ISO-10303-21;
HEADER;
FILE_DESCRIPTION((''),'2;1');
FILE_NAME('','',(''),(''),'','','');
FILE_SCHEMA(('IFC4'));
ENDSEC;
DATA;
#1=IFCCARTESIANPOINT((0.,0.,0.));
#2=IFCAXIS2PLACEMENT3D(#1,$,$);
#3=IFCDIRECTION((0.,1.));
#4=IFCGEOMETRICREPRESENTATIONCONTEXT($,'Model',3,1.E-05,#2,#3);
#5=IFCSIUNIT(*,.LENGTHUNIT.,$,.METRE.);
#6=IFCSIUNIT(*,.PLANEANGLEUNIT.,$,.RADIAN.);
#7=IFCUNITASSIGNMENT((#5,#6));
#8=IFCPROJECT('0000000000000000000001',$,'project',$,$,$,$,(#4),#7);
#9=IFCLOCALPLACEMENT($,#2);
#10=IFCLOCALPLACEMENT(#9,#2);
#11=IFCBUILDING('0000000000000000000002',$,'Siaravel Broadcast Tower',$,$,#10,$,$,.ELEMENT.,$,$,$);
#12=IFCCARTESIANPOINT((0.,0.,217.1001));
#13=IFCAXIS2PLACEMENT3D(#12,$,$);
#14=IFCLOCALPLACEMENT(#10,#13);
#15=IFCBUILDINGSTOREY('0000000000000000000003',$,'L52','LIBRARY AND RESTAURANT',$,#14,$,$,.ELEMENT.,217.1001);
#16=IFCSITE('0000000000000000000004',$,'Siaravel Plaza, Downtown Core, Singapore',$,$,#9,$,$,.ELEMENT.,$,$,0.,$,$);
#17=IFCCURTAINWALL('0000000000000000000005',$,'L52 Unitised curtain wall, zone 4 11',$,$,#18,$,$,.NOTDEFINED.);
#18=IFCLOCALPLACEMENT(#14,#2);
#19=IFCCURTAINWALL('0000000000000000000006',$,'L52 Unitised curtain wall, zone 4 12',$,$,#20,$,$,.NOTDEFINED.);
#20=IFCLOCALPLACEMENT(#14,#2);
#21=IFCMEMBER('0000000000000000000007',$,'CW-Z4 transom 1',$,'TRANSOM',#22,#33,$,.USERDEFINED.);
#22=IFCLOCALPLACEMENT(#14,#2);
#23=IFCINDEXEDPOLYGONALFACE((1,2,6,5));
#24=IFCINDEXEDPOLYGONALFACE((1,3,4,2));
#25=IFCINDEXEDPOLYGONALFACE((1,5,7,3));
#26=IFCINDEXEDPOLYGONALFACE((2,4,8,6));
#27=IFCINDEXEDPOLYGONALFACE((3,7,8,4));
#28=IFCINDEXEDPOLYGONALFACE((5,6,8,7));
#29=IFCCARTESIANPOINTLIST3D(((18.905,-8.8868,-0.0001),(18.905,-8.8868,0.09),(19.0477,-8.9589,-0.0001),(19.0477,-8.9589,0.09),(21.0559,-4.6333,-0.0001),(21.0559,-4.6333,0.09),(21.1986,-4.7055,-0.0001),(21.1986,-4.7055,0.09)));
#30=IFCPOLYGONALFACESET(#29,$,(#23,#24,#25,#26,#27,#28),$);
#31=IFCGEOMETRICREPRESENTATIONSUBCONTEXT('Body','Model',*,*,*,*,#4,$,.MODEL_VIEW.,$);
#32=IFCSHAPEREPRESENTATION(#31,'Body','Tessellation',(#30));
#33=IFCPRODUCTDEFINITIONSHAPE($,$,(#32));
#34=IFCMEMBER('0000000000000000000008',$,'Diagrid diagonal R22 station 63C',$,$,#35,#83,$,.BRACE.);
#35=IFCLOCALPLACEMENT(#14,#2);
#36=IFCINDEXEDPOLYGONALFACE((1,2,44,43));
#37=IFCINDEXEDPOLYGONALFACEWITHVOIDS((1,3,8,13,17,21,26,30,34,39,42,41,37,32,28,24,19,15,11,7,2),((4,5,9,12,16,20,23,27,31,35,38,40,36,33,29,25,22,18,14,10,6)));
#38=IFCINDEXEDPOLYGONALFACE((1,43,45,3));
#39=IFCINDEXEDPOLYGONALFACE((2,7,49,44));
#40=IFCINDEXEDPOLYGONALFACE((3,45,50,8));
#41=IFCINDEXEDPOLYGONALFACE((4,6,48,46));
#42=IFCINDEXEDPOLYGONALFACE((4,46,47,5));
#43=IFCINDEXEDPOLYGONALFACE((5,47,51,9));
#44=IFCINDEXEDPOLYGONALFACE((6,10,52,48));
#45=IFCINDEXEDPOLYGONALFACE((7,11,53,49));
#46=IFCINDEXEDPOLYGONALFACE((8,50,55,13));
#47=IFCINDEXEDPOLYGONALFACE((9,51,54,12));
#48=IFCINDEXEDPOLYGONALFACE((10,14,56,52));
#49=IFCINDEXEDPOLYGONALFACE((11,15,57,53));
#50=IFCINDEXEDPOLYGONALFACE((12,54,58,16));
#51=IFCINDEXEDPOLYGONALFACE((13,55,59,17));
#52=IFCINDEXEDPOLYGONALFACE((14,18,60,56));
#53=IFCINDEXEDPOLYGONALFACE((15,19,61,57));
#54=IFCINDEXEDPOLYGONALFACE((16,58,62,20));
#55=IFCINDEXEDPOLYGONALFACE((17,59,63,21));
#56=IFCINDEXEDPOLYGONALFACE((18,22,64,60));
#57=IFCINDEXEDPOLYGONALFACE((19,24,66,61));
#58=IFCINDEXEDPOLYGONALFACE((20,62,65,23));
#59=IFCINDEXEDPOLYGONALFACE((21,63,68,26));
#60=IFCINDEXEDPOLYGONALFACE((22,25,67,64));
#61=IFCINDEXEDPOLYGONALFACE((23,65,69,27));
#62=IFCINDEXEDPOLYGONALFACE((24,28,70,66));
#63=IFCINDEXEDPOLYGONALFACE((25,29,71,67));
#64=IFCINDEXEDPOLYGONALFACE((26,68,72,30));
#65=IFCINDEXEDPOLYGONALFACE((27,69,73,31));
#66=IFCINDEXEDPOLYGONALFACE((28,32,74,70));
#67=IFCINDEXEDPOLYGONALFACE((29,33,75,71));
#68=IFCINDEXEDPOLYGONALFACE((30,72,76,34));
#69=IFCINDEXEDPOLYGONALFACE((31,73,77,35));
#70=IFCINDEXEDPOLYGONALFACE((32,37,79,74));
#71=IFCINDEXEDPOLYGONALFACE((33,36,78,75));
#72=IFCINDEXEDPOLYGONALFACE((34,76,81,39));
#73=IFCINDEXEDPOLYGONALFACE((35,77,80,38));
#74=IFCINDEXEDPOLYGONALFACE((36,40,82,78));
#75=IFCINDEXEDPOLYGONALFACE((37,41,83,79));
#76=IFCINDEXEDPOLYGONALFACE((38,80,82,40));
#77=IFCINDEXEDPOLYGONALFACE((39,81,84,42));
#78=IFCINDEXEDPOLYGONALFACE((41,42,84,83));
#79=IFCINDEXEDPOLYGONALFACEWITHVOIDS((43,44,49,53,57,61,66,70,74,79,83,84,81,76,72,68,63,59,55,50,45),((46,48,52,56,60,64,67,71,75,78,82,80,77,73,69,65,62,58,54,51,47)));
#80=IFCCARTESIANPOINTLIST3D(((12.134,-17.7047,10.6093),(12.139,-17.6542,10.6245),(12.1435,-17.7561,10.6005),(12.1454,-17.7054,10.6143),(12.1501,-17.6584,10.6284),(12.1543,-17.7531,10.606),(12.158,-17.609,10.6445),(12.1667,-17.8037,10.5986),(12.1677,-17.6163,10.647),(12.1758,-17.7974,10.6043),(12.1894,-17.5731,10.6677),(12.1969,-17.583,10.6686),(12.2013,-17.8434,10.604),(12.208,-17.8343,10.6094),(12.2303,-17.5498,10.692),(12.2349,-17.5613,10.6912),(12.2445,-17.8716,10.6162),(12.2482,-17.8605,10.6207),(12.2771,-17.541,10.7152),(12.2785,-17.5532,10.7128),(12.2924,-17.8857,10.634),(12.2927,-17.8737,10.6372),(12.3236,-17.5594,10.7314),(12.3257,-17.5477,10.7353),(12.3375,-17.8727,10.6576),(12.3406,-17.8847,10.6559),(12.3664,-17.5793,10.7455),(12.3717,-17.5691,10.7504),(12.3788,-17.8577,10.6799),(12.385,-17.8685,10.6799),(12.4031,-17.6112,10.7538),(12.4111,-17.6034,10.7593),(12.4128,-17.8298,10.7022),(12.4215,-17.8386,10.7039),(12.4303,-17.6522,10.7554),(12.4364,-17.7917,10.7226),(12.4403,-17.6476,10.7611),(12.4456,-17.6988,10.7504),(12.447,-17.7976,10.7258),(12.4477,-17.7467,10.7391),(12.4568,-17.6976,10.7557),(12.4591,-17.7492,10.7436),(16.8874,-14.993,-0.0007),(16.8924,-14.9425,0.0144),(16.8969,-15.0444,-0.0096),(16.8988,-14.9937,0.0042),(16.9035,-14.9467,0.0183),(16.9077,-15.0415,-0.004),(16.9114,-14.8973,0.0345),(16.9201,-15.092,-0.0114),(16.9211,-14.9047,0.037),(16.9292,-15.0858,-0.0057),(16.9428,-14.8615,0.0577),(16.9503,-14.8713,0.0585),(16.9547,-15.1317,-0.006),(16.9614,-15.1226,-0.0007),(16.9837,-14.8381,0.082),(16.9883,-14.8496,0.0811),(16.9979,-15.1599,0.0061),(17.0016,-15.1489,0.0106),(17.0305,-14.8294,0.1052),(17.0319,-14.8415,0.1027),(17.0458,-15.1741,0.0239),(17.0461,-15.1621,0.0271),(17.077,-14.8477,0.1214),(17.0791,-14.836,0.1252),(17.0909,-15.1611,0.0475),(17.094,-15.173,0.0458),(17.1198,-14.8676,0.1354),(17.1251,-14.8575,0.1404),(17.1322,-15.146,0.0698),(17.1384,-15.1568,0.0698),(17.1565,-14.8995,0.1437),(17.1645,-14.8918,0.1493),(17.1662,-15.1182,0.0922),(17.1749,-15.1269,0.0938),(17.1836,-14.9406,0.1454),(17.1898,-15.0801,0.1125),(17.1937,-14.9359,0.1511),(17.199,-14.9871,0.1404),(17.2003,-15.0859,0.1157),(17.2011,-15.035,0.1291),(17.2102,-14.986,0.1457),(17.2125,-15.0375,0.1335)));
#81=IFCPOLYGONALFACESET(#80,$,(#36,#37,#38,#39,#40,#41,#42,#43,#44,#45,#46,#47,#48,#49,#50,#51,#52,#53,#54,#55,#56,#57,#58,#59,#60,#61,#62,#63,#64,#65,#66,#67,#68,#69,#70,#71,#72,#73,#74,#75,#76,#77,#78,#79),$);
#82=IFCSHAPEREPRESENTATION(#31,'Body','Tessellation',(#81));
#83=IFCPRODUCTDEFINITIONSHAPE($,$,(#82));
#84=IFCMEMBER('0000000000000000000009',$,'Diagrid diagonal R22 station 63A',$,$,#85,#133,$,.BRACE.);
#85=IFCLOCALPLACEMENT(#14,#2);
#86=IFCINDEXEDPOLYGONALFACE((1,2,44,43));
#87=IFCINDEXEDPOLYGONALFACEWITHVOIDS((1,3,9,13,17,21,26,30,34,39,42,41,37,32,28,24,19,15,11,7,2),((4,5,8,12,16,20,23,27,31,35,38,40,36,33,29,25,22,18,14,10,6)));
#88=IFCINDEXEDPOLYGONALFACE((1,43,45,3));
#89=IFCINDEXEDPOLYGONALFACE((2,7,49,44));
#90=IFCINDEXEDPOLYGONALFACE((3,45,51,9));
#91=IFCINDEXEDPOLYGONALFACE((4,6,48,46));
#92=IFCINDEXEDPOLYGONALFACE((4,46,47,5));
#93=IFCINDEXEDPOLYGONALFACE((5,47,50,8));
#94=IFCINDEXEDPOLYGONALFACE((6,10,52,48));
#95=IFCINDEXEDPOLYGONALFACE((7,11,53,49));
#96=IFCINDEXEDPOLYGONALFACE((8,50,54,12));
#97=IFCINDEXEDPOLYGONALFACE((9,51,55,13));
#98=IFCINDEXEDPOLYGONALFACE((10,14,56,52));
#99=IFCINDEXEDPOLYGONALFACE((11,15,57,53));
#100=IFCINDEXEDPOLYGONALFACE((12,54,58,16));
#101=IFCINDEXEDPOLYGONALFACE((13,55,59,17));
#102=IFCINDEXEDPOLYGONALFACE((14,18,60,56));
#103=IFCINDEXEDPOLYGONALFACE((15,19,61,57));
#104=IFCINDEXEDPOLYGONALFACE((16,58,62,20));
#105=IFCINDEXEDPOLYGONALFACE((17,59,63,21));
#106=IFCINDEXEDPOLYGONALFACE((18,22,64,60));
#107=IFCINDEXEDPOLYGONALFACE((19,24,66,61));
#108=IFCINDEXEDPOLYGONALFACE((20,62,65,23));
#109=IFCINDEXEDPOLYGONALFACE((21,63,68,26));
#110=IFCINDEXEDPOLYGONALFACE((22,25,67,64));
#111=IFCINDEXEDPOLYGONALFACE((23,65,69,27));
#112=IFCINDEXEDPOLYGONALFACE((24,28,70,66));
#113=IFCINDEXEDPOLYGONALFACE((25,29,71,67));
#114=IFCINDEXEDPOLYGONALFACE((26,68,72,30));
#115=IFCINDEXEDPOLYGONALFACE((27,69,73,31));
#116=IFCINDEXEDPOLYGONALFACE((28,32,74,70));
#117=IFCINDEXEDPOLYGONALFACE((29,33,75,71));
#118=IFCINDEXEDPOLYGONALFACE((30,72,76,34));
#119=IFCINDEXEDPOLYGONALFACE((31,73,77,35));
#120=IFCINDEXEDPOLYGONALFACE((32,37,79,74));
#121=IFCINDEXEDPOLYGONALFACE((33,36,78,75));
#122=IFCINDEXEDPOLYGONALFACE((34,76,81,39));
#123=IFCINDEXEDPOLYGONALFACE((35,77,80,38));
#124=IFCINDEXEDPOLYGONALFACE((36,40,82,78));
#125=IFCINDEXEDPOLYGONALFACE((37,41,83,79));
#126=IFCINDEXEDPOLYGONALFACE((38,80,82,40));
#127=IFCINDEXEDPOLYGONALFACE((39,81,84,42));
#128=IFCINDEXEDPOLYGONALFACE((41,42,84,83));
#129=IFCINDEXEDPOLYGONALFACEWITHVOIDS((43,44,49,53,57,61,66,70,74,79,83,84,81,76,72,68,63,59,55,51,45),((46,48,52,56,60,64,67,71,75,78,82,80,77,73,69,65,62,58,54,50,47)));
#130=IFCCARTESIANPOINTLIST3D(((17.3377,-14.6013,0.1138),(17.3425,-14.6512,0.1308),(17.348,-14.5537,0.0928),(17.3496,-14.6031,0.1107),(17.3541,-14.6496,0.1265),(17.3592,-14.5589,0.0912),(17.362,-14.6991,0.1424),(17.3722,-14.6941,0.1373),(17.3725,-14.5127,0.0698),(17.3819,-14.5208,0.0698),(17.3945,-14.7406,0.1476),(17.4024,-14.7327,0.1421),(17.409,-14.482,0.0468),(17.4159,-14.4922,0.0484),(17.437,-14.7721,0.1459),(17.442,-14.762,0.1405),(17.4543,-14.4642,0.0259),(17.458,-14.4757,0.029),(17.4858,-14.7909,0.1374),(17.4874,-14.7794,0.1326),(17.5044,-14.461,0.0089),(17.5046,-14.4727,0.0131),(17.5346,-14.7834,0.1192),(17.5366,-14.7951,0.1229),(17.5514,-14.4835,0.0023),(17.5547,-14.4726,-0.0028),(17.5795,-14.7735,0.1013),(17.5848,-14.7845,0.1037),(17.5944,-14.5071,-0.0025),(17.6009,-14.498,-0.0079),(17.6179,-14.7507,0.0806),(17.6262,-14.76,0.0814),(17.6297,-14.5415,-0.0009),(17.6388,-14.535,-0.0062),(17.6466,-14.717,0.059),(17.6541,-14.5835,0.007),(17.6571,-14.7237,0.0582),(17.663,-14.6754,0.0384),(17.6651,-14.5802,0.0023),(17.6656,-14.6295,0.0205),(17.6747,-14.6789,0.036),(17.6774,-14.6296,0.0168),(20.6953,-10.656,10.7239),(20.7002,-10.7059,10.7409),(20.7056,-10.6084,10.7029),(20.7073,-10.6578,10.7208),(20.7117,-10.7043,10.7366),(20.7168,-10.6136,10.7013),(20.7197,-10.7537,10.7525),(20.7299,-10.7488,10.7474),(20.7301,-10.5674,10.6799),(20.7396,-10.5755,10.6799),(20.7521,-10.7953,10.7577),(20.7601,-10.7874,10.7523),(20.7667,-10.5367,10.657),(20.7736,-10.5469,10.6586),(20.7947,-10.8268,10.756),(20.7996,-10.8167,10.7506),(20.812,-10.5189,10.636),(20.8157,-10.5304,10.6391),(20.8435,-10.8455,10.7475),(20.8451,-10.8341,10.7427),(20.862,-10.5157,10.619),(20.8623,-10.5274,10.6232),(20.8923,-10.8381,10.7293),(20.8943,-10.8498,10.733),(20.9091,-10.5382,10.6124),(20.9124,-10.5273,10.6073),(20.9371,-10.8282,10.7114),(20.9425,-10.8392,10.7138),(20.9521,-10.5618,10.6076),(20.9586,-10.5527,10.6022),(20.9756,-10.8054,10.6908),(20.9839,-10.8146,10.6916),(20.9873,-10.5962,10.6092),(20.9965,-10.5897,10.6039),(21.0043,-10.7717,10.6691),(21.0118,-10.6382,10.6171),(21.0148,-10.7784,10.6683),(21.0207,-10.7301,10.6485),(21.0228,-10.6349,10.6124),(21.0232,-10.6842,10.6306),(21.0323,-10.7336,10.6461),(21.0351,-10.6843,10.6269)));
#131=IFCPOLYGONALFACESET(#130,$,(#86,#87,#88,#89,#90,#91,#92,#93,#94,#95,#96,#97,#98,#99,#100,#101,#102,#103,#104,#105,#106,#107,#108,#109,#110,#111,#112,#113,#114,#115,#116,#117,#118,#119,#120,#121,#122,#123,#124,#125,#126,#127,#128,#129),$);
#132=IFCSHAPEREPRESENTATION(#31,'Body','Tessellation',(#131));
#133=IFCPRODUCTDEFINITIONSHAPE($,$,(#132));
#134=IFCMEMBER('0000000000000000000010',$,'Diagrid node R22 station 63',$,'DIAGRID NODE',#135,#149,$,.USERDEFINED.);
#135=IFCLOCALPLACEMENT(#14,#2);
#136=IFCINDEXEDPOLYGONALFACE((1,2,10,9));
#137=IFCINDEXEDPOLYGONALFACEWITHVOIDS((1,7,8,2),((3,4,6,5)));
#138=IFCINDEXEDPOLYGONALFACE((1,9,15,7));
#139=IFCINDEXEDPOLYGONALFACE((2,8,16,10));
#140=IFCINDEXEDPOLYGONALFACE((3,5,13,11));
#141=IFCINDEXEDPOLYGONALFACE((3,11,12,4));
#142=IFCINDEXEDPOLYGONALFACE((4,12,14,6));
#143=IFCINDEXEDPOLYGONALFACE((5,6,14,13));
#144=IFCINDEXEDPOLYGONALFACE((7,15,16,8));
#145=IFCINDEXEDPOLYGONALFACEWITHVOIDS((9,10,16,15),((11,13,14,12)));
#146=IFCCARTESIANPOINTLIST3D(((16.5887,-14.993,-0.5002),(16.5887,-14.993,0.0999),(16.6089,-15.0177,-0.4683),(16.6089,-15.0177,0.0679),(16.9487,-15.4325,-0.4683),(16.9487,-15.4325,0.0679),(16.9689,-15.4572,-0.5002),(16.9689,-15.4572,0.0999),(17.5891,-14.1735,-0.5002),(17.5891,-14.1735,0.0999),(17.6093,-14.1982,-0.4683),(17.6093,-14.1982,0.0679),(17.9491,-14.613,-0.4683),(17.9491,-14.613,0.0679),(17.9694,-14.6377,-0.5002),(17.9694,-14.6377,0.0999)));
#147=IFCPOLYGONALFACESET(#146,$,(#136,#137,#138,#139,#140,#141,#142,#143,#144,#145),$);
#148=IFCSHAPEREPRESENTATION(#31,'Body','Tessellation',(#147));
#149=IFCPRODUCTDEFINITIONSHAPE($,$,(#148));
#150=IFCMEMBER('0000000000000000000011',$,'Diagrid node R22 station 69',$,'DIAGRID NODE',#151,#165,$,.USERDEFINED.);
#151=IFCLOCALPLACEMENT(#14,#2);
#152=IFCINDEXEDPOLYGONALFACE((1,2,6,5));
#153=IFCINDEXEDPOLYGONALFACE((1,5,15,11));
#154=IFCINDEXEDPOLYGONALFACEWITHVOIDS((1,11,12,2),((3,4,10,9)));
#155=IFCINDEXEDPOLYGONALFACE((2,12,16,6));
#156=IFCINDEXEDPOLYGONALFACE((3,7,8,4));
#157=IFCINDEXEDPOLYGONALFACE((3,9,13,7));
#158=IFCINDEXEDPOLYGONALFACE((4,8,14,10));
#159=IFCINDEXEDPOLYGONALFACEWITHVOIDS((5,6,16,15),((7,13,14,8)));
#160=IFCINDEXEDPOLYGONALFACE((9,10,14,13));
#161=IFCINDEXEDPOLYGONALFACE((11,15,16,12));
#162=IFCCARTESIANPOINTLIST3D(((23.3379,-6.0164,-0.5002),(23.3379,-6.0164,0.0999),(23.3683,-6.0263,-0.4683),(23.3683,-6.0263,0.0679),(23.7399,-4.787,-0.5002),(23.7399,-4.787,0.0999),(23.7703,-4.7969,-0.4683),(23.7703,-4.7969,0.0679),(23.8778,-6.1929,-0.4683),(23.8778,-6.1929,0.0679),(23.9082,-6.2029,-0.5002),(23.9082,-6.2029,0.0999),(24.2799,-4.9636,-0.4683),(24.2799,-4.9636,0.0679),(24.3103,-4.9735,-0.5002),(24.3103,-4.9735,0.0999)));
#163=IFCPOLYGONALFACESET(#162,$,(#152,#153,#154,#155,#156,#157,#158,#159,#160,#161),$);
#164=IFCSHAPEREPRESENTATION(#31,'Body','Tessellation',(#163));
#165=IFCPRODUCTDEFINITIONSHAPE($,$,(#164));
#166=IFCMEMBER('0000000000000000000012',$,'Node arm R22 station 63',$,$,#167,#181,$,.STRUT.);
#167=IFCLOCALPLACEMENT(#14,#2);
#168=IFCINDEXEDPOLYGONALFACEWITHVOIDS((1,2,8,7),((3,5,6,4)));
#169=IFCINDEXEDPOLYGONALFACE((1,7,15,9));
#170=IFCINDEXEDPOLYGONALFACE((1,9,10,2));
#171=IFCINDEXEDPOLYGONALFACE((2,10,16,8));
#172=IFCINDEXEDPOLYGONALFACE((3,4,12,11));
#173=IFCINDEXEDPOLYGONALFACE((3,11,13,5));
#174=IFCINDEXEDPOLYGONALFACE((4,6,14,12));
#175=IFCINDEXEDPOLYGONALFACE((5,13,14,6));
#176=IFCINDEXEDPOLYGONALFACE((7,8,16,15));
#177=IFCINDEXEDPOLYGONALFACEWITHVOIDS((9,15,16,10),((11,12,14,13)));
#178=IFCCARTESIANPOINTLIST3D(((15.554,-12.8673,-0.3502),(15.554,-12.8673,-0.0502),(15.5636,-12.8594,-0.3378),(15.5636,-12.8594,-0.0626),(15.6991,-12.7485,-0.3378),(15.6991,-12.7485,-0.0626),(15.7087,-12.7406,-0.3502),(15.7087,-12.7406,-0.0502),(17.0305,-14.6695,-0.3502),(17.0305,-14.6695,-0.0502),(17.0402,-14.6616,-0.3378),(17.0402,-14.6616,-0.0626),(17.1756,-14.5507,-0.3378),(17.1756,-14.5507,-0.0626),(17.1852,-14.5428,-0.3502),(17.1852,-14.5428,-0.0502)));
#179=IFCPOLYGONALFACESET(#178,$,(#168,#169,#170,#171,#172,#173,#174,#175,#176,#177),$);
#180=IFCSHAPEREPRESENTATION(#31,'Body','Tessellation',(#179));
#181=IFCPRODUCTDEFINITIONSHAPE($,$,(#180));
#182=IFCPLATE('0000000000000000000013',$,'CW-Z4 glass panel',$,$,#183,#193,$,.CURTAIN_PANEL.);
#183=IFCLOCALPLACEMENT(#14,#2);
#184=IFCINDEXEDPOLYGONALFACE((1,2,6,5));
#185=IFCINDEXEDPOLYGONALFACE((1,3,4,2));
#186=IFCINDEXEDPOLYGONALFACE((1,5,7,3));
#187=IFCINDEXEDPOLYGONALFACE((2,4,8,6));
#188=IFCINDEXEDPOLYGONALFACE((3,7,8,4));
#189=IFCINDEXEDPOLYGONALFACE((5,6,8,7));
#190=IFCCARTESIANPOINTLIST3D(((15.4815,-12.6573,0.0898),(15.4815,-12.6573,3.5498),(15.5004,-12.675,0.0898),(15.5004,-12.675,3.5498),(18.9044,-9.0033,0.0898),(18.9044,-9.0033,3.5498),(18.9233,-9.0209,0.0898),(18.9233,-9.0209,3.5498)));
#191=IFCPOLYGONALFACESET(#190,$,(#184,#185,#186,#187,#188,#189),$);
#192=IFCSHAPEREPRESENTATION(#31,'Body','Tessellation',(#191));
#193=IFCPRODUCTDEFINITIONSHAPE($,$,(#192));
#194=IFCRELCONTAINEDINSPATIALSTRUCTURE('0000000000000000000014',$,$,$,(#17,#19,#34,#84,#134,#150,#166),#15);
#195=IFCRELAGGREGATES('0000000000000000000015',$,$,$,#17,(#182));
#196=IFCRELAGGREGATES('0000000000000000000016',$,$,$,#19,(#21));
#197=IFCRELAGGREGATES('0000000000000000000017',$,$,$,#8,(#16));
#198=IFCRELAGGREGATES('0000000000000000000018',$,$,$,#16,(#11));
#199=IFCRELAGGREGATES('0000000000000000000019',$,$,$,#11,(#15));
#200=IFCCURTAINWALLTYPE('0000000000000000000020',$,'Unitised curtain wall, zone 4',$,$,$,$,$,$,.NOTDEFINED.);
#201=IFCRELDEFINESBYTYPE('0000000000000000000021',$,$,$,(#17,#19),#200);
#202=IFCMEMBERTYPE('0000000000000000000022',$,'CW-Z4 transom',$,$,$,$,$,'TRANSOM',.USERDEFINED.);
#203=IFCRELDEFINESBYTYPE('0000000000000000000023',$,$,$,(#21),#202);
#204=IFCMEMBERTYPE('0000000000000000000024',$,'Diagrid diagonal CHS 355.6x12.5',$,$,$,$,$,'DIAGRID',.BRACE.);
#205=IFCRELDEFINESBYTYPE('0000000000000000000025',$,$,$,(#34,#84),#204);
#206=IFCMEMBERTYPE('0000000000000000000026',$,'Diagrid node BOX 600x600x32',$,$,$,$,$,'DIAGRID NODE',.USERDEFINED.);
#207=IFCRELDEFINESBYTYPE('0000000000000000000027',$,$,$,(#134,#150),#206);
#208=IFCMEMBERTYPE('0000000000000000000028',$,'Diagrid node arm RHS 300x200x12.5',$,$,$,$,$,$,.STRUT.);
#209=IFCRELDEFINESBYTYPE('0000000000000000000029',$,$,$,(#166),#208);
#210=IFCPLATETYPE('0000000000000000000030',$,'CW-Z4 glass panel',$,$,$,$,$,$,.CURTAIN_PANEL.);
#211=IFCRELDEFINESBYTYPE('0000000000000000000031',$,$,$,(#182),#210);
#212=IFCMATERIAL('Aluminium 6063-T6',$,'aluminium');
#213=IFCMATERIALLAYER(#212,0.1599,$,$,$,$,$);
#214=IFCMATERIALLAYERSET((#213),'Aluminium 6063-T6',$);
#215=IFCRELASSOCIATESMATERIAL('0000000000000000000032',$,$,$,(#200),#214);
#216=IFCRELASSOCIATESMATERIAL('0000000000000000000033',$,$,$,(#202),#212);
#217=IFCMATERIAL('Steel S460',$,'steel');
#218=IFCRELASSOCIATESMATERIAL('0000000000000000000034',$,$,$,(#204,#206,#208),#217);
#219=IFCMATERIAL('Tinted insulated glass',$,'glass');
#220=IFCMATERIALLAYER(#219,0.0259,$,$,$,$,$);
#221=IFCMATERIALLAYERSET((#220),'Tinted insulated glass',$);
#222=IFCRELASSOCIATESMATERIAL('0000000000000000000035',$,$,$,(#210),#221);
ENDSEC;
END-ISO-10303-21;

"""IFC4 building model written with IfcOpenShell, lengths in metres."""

from ifc_helpers import new_model, si_unit, direction, frame, origin, origin_2d, place, context, subcontext, project, spatial, rectangle, hollow_rectangle, hollow_circle, extrude, material, layer, layer_set, material_profile, profile_set, type_object, element, aggregate, save


model = new_model("IFC4")

# Units and contexts
model_context = context("Model", 3, precision=1e-05, world=origin(), true_north=direction((0.0, 1.0)))
body_context = subcontext(model_context, "Body", "Model", "MODEL_VIEW")
ifc_project = project(units=[si_unit("LENGTHUNIT", "METRE"), si_unit("PLANEANGLEUNIT", "RADIAN")], contexts=[model_context])

# Site, building, storey
site_placement = place(None, origin())
site = spatial("IfcSite", under=ifc_project, at=site_placement, Name="Siaravel Plaza, Downtown Core, Singapore", CompositionType="ELEMENT", RefElevation=0.0)
building_placement = place(site_placement, origin())
building = spatial("IfcBuilding", under=site, at=building_placement, Name="Siaravel Broadcast Tower", CompositionType="ELEMENT")
storey_placement = place(building_placement, frame((0.0, 0.0, 217.1001)))
storey = spatial("IfcBuildingStorey", under=building, at=storey_placement, Name="L52", Description="LIBRARY AND RESTAURANT", CompositionType="ELEMENT", Elevation=217.1001)

# Curtain wall
ifc_material_1 = material(Name="Aluminium 6063-T6", Category="aluminium")
ifc_layer_1 = layer(ifc_material_1, 0.1599)
ifc_layer_set_1 = layer_set([ifc_layer_1], Name="Aluminium 6063-T6")
curtain_wall_type = type_object("IfcCurtainWallType", Name="Unitised curtain wall, zone 4", PredefinedType="NOTDEFINED", material=ifc_layer_set_1)
curtain_wall_1_placement = place(storey_placement, origin())
curtain_wall_1 = element("IfcCurtainWall", 1, at=curtain_wall_1_placement, inside=storey, type_object=curtain_wall_type, Name="L52 Unitised curtain wall, zone 4 11", PredefinedType="NOTDEFINED")

# Curtain wall
curtain_wall_2_placement = place(storey_placement, origin())
curtain_wall_2 = element("IfcCurtainWall", 2, at=curtain_wall_2_placement, inside=storey, type_object=curtain_wall_type, Name="L52 Unitised curtain wall, zone 4 12", PredefinedType="NOTDEFINED")

# Member
ifc_material_profile_1 = material_profile(ifc_material_1, rectangle(XDim=0.1599, YDim=0.0901, at=origin_2d()))
ifc_profile_set_1 = profile_set([ifc_material_profile_1], Name="Aluminium 6063-T6")
member_type_1 = type_object("IfcMemberType", Name="CW-Z4 transom", ElementType="TRANSOM", PredefinedType="USERDEFINED", material=ifc_profile_set_1)
member_1_placement = place(storey_placement, frame((18.9763, -8.9229, 0.0449), z_axis=(0.451266, 0.89239, 0.0), x_axis=(-0.89239, 0.451266, 0.0)))
member_1 = element("IfcMember", 3, at=member_1_placement, type_object=member_type_1, Name="CW-Z4 transom 1", ObjectType="TRANSOM", PredefinedType="USERDEFINED", context=body_context, shape_type="SweptSolid", body=[
    extrude(rectangle(XDim=0.1599, YDim=0.0901, at=origin_2d()), origin(), (0.0, 0.0, 1.0), 4.7664),
])

# Members
ifc_material_2 = material(Name="Steel S460", Category="steel")
ifc_material_profile_2 = material_profile(ifc_material_2, hollow_circle(Radius=0.1777, WallThickness=0.0125, at=origin_2d()))
ifc_profile_set_2 = profile_set([ifc_material_profile_2], Name="Steel S460")
member_type_2 = type_object("IfcMemberType", Name="Diagrid diagonal CHS 355.6x12.5", ElementType="DIAGRID", PredefinedType="BRACE", material=ifc_profile_set_2)
member_2_placement = place(storey_placement, frame((17.0503, -15.0024, 0.0698), z_axis=(-0.398166, -0.227141, 0.888747), x_axis=(0.495509, -0.868603, 0.0)))
element("IfcMember", 4, at=member_2_placement, inside=storey, type_object=member_type_2, Name="Diagrid diagonal R22 station 63C", PredefinedType="BRACE", context=body_context, shape_type="SweptSolid", body=[
    extrude(hollow_circle(Radius=0.1777, WallThickness=0.0125, at=origin_2d()), origin(), (0.0, 0.0, 1.0), 11.9382),
])
member_3_placement = place(storey_placement, frame((17.5078, -14.6279, 0.0698), z_axis=(0.284371, 0.33414, 0.898601), x_axis=(-0.761544, 0.648113, 0.0)))
element("IfcMember", 5, at=member_3_placement, inside=storey, type_object=member_type_2, Name="Diagrid diagonal R22 station 63A", PredefinedType="BRACE", context=body_context, shape_type="SweptSolid", body=[
    extrude(hollow_circle(Radius=0.1777, WallThickness=0.0125, at=origin_2d()), origin(), (0.0, 0.0, 1.0), 11.8074),
])
ifc_material_profile_3 = material_profile(ifc_material_2, hollow_rectangle(XDim=0.6001, YDim=0.6001, WallThickness=0.032, at=origin_2d()))
ifc_profile_set_3 = profile_set([ifc_material_profile_3], Name="Steel S460")
member_type_3 = type_object("IfcMemberType", Name="Diagrid node BOX 600x600x32", ElementType="DIAGRID NODE", PredefinedType="USERDEFINED", material=ifc_profile_set_3)
member_4_placement = place(storey_placement, frame((16.7788, -15.2251, -0.2002), z_axis=(0.773579, 0.6337, 0.0), x_axis=(-0.6337, 0.773579, 0.0)))
element("IfcMember", 6, at=member_4_placement, inside=storey, type_object=member_type_3, Name="Diagrid node R22 station 63", ObjectType="DIAGRID NODE", PredefinedType="USERDEFINED", context=body_context, shape_type="SweptSolid", body=[
    extrude(hollow_rectangle(XDim=0.6001, YDim=0.6001, WallThickness=0.032, at=origin_2d()), origin(), (0.0, 0.0, 1.0), 1.2932),
])
member_5_placement = place(storey_placement, frame((23.623, -6.1096, -0.2002), z_axis=(0.310844, 0.950461, 0.0), x_axis=(-0.950461, 0.310844, 0.0)))
element("IfcMember", 7, at=member_5_placement, inside=storey, type_object=member_type_3, Name="Diagrid node R22 station 69", ObjectType="DIAGRID NODE", PredefinedType="USERDEFINED", context=body_context, shape_type="SweptSolid", body=[
    extrude(hollow_rectangle(XDim=0.6001, YDim=0.6001, WallThickness=0.032, at=origin_2d()), origin(), (0.0, 0.0, 1.0), 1.2935),
])
ifc_material_profile_4 = material_profile(ifc_material_2, hollow_rectangle(XDim=0.2, YDim=0.3, WallThickness=0.0125, at=origin_2d()))
ifc_profile_set_4 = profile_set([ifc_material_profile_4], Name="Steel S460")
member_type_4 = type_object("IfcMemberType", Name="Diagrid node arm RHS 300x200x12.5", PredefinedType="STRUT", material=ifc_profile_set_4)
member_6_placement = place(storey_placement, frame((15.6313, -12.804, -0.2002), z_axis=(0.633751, -0.773537, 0.0), x_axis=(0.773537, 0.633751, 0.0)))
element("IfcMember", 8, at=member_6_placement, inside=storey, type_object=member_type_4, Name="Node arm R22 station 63", PredefinedType="STRUT", context=body_context, shape_type="SweptSolid", body=[
    extrude(hollow_rectangle(XDim=0.2, YDim=0.3, WallThickness=0.0125, at=origin_2d()), origin(), (0.0, 0.0, 1.0), 2.3298),
])

# Plate
ifc_material_3 = material(Name="Tinted insulated glass", Category="glass")
ifc_layer_2 = layer(ifc_material_3, 0.0259)
ifc_layer_set_2 = layer_set([ifc_layer_2], Name="Tinted insulated glass")
plate_type = type_object("IfcPlateType", Name="CW-Z4 glass panel", PredefinedType="CURTAIN_PANEL", material=ifc_layer_set_2)
plate_1_placement = place(storey_placement, frame((17.2024, -10.8391, 0.0898), z_axis=(0.0, 0.0, 1.0), x_axis=(0.683654, 0.729806, 0.0)))
plate_1 = element("IfcPlate", 9, at=plate_1_placement, type_object=plate_type, Name="CW-Z4 glass panel", PredefinedType="CURTAIN_PANEL", context=body_context, shape_type="SweptSolid", body=[
    extrude(rectangle(XDim=5.0068, YDim=0.0259, at=origin_2d()), origin(), (0.0, 0.0, 1.0), 3.46),
])
aggregate(curtain_wall_1, [plate_1])
aggregate(curtain_wall_2, [member_1])

save(model, "model.ifc")
